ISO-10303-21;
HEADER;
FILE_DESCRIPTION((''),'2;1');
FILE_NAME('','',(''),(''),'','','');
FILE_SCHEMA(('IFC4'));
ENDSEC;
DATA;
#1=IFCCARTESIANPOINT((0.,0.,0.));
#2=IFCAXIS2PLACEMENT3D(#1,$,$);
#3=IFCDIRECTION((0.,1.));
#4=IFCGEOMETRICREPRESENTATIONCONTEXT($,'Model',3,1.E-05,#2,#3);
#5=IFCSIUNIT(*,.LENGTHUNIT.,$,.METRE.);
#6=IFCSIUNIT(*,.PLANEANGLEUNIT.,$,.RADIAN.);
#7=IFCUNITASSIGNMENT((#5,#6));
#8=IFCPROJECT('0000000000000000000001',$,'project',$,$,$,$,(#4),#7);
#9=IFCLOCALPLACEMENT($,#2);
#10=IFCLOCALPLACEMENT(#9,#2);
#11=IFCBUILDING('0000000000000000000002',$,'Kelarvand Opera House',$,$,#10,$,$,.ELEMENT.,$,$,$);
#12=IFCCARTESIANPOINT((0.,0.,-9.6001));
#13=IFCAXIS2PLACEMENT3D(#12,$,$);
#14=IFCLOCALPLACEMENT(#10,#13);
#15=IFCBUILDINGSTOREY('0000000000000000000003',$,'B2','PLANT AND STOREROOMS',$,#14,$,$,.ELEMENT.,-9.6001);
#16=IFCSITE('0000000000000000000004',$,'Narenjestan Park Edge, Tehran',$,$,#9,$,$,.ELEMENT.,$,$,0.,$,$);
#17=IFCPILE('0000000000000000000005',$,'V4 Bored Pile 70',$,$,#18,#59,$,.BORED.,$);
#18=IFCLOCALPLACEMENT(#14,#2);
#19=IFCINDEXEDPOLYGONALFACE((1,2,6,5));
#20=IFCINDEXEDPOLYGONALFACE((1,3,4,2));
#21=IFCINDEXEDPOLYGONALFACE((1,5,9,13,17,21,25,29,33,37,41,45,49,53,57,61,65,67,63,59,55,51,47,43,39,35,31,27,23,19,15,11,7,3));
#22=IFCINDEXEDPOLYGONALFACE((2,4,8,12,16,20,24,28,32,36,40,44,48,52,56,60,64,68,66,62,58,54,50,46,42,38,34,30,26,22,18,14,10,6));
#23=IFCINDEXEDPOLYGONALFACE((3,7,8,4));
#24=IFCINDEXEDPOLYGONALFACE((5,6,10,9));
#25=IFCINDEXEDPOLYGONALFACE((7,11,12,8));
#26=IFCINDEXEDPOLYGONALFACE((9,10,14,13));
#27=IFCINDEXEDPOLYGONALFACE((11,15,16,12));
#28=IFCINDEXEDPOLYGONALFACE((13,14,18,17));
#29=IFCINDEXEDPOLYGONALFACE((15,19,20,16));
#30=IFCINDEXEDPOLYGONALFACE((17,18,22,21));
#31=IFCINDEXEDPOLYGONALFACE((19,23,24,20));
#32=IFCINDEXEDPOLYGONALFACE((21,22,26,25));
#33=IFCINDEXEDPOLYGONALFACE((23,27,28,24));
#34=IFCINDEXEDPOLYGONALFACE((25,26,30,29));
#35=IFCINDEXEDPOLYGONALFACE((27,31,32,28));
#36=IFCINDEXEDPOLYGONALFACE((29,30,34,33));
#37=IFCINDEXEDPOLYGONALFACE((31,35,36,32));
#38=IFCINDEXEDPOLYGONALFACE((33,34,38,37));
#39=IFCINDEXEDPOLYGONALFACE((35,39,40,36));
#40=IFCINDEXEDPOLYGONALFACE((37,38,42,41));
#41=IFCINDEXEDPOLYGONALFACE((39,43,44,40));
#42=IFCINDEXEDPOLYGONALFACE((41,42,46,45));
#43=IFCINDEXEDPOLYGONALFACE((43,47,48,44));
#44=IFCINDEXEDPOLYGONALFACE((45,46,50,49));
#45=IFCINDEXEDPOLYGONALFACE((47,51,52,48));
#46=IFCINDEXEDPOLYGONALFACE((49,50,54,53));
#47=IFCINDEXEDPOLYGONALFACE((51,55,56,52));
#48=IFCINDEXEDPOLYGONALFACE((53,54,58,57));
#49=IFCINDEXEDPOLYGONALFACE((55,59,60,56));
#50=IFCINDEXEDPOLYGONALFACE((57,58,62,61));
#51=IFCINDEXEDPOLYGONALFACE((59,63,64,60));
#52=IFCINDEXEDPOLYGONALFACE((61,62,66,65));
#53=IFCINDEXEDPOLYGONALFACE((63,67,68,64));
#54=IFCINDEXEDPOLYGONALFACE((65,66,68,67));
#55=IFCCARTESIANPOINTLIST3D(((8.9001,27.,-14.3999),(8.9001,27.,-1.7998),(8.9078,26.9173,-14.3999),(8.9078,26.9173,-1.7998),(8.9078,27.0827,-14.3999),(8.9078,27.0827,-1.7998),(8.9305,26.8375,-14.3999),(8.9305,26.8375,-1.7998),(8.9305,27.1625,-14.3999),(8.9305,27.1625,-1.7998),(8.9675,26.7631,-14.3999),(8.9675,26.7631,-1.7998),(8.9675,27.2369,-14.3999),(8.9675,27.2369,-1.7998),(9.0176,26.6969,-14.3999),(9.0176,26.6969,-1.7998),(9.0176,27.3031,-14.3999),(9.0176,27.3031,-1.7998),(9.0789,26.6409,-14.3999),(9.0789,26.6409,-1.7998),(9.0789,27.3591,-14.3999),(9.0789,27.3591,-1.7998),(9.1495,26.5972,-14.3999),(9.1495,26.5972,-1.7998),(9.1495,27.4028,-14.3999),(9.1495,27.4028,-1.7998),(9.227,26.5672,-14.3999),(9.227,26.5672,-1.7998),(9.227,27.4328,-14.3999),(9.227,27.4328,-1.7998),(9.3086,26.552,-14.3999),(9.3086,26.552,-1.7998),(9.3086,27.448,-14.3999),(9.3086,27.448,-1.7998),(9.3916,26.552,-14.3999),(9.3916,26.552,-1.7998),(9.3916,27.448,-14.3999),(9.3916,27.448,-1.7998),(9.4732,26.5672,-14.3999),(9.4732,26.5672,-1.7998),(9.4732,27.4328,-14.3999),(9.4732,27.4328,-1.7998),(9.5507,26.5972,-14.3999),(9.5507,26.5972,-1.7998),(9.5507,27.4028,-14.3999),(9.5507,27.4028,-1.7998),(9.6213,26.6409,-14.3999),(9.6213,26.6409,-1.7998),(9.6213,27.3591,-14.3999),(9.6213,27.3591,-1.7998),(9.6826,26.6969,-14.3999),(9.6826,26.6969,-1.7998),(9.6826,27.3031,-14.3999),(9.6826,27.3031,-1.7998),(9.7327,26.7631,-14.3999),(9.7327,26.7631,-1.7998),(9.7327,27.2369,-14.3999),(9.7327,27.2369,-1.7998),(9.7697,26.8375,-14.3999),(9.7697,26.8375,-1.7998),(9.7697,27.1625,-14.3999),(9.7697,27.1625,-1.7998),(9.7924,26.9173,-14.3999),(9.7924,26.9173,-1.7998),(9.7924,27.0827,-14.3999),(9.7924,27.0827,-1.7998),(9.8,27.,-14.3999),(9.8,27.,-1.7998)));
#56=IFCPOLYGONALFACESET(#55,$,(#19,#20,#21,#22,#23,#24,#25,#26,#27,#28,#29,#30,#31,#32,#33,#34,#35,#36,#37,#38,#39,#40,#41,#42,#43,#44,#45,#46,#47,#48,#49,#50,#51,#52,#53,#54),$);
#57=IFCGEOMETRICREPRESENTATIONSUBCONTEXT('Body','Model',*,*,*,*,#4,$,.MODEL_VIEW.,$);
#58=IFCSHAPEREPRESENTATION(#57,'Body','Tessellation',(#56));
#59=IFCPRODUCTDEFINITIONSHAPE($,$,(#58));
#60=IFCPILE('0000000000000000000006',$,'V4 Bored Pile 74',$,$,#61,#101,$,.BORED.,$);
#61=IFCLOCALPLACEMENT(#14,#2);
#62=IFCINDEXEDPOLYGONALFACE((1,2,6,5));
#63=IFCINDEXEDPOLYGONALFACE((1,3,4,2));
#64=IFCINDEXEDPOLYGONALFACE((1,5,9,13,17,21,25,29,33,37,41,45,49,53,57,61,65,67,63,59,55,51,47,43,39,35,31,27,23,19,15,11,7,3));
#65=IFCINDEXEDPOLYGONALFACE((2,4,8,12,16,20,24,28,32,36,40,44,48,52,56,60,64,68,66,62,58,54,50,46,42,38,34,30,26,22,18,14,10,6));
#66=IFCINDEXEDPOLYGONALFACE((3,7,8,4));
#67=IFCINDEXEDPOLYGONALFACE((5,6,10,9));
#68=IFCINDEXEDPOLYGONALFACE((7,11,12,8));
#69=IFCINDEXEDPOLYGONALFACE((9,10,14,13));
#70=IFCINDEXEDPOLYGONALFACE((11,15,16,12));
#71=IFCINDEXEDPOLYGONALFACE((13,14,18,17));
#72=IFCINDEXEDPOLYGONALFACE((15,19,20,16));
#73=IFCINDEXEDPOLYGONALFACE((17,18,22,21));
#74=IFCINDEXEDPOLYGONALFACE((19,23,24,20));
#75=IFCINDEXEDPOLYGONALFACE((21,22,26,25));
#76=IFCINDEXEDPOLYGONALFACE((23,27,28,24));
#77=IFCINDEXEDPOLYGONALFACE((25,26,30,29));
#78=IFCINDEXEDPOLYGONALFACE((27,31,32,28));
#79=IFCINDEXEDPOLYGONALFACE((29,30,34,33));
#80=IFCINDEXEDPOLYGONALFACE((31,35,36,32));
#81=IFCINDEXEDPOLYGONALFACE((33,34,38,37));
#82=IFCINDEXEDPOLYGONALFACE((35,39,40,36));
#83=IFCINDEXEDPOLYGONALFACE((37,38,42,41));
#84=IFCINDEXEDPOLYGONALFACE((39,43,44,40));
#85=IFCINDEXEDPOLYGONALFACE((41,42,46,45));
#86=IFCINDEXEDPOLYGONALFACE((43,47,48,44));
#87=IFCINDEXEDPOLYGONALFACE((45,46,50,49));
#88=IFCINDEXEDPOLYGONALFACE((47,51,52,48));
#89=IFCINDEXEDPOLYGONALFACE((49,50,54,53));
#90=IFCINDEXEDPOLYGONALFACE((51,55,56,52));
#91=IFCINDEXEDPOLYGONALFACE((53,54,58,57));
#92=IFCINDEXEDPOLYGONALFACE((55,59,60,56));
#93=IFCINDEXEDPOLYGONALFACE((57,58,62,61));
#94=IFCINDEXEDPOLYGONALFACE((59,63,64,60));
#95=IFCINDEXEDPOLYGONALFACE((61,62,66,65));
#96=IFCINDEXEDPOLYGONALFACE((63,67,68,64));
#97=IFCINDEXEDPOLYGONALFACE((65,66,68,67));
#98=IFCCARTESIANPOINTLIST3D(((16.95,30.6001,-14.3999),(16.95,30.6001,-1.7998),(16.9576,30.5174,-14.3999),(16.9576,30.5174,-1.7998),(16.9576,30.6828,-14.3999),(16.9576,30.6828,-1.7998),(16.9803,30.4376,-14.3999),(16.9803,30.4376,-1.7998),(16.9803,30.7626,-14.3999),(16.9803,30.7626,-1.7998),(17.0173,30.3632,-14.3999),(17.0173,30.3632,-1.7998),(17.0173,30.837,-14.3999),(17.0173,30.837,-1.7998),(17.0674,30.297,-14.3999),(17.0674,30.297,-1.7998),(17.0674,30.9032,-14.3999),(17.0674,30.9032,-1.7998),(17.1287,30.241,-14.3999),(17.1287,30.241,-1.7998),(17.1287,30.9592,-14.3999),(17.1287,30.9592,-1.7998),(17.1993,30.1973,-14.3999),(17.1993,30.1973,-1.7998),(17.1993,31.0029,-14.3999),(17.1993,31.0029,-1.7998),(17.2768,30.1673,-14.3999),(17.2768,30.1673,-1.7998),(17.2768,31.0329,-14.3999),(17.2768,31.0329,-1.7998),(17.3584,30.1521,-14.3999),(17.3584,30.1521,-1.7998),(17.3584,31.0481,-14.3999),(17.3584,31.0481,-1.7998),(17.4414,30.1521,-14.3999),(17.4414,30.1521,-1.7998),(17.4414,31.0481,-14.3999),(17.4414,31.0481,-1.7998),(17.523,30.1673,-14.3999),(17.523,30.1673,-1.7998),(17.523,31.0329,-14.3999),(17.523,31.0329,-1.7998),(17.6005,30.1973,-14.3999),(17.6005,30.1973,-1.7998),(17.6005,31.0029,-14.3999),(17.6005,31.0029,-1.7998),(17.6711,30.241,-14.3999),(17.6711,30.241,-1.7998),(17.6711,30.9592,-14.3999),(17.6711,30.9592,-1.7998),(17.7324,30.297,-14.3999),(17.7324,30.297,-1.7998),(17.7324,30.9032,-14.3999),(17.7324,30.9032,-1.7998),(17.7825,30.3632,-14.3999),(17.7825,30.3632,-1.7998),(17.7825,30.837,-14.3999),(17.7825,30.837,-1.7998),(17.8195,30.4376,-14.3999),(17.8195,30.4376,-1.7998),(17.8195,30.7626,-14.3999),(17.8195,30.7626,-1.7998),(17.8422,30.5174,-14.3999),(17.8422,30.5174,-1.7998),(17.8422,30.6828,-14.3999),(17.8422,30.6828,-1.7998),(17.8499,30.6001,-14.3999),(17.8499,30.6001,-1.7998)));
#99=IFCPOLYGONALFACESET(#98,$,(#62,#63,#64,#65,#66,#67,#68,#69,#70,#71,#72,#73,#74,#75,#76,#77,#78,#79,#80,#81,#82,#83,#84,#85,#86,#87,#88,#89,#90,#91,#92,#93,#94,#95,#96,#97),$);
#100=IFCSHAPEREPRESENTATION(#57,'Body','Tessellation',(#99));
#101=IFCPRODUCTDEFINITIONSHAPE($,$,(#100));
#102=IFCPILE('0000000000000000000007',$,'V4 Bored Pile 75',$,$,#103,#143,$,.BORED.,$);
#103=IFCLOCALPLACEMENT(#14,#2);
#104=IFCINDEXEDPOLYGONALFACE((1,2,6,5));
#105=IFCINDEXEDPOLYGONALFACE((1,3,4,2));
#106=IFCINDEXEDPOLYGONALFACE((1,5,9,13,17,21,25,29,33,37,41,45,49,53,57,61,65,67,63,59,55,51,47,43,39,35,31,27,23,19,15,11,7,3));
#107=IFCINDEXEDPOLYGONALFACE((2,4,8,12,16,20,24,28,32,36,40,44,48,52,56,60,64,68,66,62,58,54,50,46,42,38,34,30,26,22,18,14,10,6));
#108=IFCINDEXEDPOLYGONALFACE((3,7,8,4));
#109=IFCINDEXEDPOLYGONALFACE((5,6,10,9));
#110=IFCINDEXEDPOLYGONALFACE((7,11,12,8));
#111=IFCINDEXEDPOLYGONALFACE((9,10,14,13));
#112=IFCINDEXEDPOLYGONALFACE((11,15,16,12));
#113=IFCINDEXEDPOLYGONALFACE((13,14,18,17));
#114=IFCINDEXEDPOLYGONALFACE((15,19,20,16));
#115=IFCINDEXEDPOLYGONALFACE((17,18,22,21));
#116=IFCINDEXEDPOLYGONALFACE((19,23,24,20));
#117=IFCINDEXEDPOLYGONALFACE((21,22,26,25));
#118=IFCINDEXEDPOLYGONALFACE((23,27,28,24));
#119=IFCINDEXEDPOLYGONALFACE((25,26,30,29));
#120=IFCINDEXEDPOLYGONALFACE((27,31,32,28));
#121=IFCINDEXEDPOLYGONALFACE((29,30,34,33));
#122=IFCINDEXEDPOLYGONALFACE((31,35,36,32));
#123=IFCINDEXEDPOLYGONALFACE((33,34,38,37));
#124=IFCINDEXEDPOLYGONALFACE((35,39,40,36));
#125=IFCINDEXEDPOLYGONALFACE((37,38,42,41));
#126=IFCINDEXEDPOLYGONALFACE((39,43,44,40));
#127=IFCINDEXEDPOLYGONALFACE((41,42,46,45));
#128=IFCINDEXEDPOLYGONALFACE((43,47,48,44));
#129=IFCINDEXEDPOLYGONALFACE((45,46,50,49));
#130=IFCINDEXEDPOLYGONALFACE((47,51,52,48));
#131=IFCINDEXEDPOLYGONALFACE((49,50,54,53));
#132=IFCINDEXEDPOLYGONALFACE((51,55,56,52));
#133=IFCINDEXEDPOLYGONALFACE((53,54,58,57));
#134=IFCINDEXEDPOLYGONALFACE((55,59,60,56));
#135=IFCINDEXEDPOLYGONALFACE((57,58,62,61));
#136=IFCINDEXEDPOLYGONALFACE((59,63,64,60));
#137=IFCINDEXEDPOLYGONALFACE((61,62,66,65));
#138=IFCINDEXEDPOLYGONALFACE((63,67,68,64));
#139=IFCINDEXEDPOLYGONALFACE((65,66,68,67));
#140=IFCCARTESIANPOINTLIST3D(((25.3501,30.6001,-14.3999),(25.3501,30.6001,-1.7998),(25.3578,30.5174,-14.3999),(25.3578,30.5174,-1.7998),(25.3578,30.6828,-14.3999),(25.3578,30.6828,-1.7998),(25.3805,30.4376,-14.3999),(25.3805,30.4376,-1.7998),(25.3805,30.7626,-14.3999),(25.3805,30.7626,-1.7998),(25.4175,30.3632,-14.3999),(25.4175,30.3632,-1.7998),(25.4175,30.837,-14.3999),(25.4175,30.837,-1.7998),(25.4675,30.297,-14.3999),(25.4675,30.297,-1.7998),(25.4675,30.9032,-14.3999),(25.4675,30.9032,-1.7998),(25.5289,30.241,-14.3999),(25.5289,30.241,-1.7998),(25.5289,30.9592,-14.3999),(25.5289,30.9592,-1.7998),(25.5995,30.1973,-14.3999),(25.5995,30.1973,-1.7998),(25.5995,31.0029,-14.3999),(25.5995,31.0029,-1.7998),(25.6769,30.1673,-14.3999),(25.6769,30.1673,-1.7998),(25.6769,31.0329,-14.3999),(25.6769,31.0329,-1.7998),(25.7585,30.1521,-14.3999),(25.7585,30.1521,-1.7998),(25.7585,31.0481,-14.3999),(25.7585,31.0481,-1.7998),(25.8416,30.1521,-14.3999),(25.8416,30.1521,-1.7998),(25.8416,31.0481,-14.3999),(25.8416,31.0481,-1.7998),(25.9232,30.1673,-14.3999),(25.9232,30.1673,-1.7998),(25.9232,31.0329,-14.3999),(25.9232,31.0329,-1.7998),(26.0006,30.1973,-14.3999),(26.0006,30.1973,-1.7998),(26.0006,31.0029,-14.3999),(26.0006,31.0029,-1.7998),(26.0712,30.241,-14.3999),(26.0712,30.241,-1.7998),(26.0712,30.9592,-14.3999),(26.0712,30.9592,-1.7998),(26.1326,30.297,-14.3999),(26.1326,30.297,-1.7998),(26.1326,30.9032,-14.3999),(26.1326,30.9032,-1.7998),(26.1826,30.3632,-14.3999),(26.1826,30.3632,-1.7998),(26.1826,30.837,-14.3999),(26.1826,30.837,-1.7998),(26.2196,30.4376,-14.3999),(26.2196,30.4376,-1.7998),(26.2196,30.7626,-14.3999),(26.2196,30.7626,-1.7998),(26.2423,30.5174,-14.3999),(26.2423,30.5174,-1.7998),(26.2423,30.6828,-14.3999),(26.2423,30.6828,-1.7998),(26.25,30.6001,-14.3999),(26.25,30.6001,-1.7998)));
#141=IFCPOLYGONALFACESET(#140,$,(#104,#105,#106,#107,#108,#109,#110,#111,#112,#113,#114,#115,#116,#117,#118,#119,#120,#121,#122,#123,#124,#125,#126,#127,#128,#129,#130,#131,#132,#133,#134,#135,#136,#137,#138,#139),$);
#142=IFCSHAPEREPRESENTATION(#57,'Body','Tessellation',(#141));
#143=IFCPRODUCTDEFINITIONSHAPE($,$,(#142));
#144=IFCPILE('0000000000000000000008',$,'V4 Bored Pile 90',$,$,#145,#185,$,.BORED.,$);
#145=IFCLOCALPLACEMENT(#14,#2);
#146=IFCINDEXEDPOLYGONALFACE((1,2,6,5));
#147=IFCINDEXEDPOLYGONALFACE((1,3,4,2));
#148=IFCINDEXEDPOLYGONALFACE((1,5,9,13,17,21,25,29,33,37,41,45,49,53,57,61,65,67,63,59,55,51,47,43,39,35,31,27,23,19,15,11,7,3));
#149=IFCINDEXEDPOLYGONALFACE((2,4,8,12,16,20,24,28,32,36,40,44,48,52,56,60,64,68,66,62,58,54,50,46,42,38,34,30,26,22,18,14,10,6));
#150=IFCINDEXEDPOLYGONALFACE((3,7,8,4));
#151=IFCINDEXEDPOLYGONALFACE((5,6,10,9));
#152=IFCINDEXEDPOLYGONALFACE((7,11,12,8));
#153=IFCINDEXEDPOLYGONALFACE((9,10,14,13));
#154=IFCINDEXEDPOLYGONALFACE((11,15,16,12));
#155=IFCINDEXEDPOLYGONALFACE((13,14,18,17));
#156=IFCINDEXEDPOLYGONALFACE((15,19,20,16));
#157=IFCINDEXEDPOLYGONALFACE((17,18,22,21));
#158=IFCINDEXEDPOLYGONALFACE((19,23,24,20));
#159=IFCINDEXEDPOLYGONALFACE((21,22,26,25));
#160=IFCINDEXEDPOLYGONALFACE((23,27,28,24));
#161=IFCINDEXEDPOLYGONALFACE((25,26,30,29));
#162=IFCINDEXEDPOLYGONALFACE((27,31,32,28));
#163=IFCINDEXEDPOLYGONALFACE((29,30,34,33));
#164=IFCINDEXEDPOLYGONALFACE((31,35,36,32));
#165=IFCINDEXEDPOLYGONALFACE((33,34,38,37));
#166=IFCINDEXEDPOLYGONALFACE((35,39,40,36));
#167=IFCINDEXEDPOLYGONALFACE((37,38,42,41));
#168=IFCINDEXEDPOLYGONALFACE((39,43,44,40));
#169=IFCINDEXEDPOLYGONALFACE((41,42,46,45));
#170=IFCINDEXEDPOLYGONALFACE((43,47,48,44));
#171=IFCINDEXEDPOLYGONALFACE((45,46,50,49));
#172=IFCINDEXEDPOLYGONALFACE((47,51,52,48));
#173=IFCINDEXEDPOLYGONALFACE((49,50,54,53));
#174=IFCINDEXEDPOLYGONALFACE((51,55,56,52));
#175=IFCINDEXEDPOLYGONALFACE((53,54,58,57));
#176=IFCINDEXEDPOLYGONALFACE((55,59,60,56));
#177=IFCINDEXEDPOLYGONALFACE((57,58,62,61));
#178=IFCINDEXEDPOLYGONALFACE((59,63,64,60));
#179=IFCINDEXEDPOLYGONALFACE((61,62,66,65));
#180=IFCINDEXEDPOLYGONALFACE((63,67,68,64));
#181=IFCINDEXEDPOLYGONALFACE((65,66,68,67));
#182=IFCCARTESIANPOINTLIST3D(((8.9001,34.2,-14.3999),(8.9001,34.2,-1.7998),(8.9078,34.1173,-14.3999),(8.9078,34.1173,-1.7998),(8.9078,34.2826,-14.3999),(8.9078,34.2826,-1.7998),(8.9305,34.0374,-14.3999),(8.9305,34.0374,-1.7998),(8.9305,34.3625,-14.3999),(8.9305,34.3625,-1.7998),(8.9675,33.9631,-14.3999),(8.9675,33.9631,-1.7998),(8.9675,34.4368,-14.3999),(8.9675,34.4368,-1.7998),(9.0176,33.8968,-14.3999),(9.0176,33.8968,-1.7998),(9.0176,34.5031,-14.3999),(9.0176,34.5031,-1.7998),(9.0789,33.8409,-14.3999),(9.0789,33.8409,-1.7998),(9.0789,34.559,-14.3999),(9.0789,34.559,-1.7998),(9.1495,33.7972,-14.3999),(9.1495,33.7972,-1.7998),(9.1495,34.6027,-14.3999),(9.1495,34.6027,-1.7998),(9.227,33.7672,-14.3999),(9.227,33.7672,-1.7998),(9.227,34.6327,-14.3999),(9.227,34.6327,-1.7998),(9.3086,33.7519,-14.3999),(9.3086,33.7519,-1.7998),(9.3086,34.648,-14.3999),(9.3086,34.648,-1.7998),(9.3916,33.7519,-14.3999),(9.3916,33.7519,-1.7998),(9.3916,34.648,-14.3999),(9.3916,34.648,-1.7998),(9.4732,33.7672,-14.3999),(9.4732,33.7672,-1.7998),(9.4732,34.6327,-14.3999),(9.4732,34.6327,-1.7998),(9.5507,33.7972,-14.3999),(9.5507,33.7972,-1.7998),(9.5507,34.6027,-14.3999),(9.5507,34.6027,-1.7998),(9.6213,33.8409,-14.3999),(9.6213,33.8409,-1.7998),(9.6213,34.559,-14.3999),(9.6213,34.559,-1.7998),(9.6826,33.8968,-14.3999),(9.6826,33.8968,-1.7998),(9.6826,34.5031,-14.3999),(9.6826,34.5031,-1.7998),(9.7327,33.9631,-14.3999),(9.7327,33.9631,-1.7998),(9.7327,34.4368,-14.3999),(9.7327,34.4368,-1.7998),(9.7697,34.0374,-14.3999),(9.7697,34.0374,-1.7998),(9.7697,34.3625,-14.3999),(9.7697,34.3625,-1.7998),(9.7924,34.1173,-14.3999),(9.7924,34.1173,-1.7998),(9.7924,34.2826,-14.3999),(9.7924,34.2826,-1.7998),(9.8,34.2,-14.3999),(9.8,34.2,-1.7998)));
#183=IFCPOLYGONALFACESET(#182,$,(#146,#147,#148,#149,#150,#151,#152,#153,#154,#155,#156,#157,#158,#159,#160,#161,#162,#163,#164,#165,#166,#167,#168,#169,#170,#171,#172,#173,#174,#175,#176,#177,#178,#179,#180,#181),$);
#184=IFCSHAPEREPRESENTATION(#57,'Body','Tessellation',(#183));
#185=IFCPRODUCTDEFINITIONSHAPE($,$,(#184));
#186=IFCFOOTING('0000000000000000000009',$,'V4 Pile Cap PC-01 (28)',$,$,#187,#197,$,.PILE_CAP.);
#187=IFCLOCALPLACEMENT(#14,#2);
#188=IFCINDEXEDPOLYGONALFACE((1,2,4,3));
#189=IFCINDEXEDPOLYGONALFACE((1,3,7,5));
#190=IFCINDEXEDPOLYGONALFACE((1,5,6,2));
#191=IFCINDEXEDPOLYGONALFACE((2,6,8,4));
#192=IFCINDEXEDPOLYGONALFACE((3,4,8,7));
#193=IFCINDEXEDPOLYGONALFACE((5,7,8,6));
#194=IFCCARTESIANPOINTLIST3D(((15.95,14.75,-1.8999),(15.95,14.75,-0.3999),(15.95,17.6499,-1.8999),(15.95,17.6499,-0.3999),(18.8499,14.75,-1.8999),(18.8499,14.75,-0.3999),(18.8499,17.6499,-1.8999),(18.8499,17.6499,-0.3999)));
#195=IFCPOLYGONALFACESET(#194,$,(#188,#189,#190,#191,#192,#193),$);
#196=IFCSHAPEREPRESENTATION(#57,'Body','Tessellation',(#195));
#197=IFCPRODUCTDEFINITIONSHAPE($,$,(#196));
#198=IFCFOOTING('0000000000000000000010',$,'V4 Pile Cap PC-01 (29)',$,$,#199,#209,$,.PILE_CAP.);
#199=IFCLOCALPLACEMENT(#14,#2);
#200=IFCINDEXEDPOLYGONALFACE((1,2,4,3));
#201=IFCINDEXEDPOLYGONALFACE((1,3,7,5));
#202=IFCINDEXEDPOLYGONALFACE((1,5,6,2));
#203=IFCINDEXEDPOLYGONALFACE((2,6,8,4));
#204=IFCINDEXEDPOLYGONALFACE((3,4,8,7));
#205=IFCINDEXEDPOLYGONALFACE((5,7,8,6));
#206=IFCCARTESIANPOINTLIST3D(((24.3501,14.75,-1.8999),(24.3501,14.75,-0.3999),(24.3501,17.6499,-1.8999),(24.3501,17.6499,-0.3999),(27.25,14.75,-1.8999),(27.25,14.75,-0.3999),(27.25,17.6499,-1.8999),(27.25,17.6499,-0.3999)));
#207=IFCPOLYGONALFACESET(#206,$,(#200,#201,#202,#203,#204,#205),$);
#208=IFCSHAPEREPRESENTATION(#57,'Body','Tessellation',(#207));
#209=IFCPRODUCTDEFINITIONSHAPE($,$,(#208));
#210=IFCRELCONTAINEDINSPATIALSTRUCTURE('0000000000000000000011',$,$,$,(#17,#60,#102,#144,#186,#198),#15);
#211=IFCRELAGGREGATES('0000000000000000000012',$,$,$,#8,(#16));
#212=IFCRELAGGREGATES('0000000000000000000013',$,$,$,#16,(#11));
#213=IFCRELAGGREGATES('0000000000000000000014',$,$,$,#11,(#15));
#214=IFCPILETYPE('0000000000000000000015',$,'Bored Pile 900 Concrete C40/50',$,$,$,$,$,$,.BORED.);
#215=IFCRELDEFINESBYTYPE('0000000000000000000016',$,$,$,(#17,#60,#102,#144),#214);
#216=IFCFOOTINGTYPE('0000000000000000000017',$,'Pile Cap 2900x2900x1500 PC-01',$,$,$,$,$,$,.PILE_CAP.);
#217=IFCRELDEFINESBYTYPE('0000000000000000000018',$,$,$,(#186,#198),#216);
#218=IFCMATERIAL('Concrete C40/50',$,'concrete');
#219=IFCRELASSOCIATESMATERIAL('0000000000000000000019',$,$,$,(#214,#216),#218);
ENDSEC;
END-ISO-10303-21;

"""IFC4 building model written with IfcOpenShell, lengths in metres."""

from ifc_helpers import new_model, si_unit, direction, frame, origin, origin_2d, place, context, subcontext, project, spatial, rectangle, circle, extrude, material, material_profile, profile_set, type_object, element, save


model = new_model("IFC4")

# Units and contexts
model_context = context("Model", 3, precision=1e-05, world=origin(), true_north=direction((0.0, 1.0)))
body_context = subcontext(model_context, "Body", "Model", "MODEL_VIEW")
ifc_project = project(units=[si_unit("LENGTHUNIT", "METRE"), si_unit("PLANEANGLEUNIT", "RADIAN")], contexts=[model_context])

# Site, building, storey
site_placement = place(None, origin())
site = spatial("IfcSite", under=ifc_project, at=site_placement, Name="Narenjestan Park Edge, Tehran", CompositionType="ELEMENT", RefElevation=0.0)
building_placement = place(site_placement, origin())
building = spatial("IfcBuilding", under=site, at=building_placement, Name="Kelarvand Opera House", CompositionType="ELEMENT")
storey_placement = place(building_placement, frame((0.0, 0.0, -9.6001)))
storey = spatial("IfcBuildingStorey", under=building, at=storey_placement, Name="B2", Description="PLANT AND STOREROOMS", CompositionType="ELEMENT", Elevation=-9.6001)

# Piles
ifc_material_1 = material(Name="Concrete C40/50", Category="concrete")
ifc_material_profile_1 = material_profile(ifc_material_1, circle(Radius=0.45, at=origin_2d()), Name="BP 900", Category="concrete")
ifc_profile_set_1 = profile_set([ifc_material_profile_1], Name="Concrete C40/50")
pile_type = type_object("IfcPileType", Name="Bored Pile 900 Concrete C40/50", PredefinedType="BORED", material=ifc_profile_set_1)
for number, where, z_axis, x_axis, name in (
    (1, (9.3501, 27.0, -1.7998), (0.0, 0.0, -1.0), (1.0, 0.0, 0.0), "V4 Bored Pile 70"),
    (2, (17.3999, 30.6001, -1.7998), (0.0, 0.0, -1.0), (1.0, 0.0, 0.0), "V4 Bored Pile 74"),
    (3, (25.8, 30.6001, -1.7998), (0.0, 0.0, -1.0), (1.0, 0.0, 0.0), "V4 Bored Pile 75"),
    (4, (9.3501, 34.2, -1.7998), (0.0, 0.0, -1.0), (1.0, 0.0, 0.0), "V4 Bored Pile 90"),
):
    element("IfcPile", number, at=place(storey_placement, frame(where, z_axis=z_axis, x_axis=x_axis)), inside=storey, type_object=pile_type, Name=name, PredefinedType="BORED", context=body_context, shape_type="SweptSolid", body=[
        extrude(circle(Radius=0.45, at=origin_2d()), origin(), (0.0, 0.0, 1.0), 12.6001),
    ])

# Footings
footing_type = type_object("IfcFootingType", Name="Pile Cap 2900x2900x1500 PC-01", PredefinedType="PILE_CAP", material=ifc_material_1)
for number, where, z_axis, x_axis, name in (
    (5, (17.3999, 16.2, -1.8999), (0.0, 0.0, 1.0), (1.0, 0.0, 0.0), "V4 Pile Cap PC-01 (28)"),
    (6, (25.8, 16.2, -1.8999), (0.0, 0.0, 1.0), (1.0, 0.0, 0.0), "V4 Pile Cap PC-01 (29)"),
):
    element("IfcFooting", number, at=place(storey_placement, frame(where, z_axis=z_axis, x_axis=x_axis)), inside=storey, type_object=footing_type, Name=name, PredefinedType="PILE_CAP", context=body_context, shape_type="SweptSolid", body=[
        extrude(rectangle(XDim=2.8999, YDim=2.8999, at=origin_2d()), origin(), (0.0, 0.0, 1.0), 1.5),
    ])

save(model, "model.ifc")
